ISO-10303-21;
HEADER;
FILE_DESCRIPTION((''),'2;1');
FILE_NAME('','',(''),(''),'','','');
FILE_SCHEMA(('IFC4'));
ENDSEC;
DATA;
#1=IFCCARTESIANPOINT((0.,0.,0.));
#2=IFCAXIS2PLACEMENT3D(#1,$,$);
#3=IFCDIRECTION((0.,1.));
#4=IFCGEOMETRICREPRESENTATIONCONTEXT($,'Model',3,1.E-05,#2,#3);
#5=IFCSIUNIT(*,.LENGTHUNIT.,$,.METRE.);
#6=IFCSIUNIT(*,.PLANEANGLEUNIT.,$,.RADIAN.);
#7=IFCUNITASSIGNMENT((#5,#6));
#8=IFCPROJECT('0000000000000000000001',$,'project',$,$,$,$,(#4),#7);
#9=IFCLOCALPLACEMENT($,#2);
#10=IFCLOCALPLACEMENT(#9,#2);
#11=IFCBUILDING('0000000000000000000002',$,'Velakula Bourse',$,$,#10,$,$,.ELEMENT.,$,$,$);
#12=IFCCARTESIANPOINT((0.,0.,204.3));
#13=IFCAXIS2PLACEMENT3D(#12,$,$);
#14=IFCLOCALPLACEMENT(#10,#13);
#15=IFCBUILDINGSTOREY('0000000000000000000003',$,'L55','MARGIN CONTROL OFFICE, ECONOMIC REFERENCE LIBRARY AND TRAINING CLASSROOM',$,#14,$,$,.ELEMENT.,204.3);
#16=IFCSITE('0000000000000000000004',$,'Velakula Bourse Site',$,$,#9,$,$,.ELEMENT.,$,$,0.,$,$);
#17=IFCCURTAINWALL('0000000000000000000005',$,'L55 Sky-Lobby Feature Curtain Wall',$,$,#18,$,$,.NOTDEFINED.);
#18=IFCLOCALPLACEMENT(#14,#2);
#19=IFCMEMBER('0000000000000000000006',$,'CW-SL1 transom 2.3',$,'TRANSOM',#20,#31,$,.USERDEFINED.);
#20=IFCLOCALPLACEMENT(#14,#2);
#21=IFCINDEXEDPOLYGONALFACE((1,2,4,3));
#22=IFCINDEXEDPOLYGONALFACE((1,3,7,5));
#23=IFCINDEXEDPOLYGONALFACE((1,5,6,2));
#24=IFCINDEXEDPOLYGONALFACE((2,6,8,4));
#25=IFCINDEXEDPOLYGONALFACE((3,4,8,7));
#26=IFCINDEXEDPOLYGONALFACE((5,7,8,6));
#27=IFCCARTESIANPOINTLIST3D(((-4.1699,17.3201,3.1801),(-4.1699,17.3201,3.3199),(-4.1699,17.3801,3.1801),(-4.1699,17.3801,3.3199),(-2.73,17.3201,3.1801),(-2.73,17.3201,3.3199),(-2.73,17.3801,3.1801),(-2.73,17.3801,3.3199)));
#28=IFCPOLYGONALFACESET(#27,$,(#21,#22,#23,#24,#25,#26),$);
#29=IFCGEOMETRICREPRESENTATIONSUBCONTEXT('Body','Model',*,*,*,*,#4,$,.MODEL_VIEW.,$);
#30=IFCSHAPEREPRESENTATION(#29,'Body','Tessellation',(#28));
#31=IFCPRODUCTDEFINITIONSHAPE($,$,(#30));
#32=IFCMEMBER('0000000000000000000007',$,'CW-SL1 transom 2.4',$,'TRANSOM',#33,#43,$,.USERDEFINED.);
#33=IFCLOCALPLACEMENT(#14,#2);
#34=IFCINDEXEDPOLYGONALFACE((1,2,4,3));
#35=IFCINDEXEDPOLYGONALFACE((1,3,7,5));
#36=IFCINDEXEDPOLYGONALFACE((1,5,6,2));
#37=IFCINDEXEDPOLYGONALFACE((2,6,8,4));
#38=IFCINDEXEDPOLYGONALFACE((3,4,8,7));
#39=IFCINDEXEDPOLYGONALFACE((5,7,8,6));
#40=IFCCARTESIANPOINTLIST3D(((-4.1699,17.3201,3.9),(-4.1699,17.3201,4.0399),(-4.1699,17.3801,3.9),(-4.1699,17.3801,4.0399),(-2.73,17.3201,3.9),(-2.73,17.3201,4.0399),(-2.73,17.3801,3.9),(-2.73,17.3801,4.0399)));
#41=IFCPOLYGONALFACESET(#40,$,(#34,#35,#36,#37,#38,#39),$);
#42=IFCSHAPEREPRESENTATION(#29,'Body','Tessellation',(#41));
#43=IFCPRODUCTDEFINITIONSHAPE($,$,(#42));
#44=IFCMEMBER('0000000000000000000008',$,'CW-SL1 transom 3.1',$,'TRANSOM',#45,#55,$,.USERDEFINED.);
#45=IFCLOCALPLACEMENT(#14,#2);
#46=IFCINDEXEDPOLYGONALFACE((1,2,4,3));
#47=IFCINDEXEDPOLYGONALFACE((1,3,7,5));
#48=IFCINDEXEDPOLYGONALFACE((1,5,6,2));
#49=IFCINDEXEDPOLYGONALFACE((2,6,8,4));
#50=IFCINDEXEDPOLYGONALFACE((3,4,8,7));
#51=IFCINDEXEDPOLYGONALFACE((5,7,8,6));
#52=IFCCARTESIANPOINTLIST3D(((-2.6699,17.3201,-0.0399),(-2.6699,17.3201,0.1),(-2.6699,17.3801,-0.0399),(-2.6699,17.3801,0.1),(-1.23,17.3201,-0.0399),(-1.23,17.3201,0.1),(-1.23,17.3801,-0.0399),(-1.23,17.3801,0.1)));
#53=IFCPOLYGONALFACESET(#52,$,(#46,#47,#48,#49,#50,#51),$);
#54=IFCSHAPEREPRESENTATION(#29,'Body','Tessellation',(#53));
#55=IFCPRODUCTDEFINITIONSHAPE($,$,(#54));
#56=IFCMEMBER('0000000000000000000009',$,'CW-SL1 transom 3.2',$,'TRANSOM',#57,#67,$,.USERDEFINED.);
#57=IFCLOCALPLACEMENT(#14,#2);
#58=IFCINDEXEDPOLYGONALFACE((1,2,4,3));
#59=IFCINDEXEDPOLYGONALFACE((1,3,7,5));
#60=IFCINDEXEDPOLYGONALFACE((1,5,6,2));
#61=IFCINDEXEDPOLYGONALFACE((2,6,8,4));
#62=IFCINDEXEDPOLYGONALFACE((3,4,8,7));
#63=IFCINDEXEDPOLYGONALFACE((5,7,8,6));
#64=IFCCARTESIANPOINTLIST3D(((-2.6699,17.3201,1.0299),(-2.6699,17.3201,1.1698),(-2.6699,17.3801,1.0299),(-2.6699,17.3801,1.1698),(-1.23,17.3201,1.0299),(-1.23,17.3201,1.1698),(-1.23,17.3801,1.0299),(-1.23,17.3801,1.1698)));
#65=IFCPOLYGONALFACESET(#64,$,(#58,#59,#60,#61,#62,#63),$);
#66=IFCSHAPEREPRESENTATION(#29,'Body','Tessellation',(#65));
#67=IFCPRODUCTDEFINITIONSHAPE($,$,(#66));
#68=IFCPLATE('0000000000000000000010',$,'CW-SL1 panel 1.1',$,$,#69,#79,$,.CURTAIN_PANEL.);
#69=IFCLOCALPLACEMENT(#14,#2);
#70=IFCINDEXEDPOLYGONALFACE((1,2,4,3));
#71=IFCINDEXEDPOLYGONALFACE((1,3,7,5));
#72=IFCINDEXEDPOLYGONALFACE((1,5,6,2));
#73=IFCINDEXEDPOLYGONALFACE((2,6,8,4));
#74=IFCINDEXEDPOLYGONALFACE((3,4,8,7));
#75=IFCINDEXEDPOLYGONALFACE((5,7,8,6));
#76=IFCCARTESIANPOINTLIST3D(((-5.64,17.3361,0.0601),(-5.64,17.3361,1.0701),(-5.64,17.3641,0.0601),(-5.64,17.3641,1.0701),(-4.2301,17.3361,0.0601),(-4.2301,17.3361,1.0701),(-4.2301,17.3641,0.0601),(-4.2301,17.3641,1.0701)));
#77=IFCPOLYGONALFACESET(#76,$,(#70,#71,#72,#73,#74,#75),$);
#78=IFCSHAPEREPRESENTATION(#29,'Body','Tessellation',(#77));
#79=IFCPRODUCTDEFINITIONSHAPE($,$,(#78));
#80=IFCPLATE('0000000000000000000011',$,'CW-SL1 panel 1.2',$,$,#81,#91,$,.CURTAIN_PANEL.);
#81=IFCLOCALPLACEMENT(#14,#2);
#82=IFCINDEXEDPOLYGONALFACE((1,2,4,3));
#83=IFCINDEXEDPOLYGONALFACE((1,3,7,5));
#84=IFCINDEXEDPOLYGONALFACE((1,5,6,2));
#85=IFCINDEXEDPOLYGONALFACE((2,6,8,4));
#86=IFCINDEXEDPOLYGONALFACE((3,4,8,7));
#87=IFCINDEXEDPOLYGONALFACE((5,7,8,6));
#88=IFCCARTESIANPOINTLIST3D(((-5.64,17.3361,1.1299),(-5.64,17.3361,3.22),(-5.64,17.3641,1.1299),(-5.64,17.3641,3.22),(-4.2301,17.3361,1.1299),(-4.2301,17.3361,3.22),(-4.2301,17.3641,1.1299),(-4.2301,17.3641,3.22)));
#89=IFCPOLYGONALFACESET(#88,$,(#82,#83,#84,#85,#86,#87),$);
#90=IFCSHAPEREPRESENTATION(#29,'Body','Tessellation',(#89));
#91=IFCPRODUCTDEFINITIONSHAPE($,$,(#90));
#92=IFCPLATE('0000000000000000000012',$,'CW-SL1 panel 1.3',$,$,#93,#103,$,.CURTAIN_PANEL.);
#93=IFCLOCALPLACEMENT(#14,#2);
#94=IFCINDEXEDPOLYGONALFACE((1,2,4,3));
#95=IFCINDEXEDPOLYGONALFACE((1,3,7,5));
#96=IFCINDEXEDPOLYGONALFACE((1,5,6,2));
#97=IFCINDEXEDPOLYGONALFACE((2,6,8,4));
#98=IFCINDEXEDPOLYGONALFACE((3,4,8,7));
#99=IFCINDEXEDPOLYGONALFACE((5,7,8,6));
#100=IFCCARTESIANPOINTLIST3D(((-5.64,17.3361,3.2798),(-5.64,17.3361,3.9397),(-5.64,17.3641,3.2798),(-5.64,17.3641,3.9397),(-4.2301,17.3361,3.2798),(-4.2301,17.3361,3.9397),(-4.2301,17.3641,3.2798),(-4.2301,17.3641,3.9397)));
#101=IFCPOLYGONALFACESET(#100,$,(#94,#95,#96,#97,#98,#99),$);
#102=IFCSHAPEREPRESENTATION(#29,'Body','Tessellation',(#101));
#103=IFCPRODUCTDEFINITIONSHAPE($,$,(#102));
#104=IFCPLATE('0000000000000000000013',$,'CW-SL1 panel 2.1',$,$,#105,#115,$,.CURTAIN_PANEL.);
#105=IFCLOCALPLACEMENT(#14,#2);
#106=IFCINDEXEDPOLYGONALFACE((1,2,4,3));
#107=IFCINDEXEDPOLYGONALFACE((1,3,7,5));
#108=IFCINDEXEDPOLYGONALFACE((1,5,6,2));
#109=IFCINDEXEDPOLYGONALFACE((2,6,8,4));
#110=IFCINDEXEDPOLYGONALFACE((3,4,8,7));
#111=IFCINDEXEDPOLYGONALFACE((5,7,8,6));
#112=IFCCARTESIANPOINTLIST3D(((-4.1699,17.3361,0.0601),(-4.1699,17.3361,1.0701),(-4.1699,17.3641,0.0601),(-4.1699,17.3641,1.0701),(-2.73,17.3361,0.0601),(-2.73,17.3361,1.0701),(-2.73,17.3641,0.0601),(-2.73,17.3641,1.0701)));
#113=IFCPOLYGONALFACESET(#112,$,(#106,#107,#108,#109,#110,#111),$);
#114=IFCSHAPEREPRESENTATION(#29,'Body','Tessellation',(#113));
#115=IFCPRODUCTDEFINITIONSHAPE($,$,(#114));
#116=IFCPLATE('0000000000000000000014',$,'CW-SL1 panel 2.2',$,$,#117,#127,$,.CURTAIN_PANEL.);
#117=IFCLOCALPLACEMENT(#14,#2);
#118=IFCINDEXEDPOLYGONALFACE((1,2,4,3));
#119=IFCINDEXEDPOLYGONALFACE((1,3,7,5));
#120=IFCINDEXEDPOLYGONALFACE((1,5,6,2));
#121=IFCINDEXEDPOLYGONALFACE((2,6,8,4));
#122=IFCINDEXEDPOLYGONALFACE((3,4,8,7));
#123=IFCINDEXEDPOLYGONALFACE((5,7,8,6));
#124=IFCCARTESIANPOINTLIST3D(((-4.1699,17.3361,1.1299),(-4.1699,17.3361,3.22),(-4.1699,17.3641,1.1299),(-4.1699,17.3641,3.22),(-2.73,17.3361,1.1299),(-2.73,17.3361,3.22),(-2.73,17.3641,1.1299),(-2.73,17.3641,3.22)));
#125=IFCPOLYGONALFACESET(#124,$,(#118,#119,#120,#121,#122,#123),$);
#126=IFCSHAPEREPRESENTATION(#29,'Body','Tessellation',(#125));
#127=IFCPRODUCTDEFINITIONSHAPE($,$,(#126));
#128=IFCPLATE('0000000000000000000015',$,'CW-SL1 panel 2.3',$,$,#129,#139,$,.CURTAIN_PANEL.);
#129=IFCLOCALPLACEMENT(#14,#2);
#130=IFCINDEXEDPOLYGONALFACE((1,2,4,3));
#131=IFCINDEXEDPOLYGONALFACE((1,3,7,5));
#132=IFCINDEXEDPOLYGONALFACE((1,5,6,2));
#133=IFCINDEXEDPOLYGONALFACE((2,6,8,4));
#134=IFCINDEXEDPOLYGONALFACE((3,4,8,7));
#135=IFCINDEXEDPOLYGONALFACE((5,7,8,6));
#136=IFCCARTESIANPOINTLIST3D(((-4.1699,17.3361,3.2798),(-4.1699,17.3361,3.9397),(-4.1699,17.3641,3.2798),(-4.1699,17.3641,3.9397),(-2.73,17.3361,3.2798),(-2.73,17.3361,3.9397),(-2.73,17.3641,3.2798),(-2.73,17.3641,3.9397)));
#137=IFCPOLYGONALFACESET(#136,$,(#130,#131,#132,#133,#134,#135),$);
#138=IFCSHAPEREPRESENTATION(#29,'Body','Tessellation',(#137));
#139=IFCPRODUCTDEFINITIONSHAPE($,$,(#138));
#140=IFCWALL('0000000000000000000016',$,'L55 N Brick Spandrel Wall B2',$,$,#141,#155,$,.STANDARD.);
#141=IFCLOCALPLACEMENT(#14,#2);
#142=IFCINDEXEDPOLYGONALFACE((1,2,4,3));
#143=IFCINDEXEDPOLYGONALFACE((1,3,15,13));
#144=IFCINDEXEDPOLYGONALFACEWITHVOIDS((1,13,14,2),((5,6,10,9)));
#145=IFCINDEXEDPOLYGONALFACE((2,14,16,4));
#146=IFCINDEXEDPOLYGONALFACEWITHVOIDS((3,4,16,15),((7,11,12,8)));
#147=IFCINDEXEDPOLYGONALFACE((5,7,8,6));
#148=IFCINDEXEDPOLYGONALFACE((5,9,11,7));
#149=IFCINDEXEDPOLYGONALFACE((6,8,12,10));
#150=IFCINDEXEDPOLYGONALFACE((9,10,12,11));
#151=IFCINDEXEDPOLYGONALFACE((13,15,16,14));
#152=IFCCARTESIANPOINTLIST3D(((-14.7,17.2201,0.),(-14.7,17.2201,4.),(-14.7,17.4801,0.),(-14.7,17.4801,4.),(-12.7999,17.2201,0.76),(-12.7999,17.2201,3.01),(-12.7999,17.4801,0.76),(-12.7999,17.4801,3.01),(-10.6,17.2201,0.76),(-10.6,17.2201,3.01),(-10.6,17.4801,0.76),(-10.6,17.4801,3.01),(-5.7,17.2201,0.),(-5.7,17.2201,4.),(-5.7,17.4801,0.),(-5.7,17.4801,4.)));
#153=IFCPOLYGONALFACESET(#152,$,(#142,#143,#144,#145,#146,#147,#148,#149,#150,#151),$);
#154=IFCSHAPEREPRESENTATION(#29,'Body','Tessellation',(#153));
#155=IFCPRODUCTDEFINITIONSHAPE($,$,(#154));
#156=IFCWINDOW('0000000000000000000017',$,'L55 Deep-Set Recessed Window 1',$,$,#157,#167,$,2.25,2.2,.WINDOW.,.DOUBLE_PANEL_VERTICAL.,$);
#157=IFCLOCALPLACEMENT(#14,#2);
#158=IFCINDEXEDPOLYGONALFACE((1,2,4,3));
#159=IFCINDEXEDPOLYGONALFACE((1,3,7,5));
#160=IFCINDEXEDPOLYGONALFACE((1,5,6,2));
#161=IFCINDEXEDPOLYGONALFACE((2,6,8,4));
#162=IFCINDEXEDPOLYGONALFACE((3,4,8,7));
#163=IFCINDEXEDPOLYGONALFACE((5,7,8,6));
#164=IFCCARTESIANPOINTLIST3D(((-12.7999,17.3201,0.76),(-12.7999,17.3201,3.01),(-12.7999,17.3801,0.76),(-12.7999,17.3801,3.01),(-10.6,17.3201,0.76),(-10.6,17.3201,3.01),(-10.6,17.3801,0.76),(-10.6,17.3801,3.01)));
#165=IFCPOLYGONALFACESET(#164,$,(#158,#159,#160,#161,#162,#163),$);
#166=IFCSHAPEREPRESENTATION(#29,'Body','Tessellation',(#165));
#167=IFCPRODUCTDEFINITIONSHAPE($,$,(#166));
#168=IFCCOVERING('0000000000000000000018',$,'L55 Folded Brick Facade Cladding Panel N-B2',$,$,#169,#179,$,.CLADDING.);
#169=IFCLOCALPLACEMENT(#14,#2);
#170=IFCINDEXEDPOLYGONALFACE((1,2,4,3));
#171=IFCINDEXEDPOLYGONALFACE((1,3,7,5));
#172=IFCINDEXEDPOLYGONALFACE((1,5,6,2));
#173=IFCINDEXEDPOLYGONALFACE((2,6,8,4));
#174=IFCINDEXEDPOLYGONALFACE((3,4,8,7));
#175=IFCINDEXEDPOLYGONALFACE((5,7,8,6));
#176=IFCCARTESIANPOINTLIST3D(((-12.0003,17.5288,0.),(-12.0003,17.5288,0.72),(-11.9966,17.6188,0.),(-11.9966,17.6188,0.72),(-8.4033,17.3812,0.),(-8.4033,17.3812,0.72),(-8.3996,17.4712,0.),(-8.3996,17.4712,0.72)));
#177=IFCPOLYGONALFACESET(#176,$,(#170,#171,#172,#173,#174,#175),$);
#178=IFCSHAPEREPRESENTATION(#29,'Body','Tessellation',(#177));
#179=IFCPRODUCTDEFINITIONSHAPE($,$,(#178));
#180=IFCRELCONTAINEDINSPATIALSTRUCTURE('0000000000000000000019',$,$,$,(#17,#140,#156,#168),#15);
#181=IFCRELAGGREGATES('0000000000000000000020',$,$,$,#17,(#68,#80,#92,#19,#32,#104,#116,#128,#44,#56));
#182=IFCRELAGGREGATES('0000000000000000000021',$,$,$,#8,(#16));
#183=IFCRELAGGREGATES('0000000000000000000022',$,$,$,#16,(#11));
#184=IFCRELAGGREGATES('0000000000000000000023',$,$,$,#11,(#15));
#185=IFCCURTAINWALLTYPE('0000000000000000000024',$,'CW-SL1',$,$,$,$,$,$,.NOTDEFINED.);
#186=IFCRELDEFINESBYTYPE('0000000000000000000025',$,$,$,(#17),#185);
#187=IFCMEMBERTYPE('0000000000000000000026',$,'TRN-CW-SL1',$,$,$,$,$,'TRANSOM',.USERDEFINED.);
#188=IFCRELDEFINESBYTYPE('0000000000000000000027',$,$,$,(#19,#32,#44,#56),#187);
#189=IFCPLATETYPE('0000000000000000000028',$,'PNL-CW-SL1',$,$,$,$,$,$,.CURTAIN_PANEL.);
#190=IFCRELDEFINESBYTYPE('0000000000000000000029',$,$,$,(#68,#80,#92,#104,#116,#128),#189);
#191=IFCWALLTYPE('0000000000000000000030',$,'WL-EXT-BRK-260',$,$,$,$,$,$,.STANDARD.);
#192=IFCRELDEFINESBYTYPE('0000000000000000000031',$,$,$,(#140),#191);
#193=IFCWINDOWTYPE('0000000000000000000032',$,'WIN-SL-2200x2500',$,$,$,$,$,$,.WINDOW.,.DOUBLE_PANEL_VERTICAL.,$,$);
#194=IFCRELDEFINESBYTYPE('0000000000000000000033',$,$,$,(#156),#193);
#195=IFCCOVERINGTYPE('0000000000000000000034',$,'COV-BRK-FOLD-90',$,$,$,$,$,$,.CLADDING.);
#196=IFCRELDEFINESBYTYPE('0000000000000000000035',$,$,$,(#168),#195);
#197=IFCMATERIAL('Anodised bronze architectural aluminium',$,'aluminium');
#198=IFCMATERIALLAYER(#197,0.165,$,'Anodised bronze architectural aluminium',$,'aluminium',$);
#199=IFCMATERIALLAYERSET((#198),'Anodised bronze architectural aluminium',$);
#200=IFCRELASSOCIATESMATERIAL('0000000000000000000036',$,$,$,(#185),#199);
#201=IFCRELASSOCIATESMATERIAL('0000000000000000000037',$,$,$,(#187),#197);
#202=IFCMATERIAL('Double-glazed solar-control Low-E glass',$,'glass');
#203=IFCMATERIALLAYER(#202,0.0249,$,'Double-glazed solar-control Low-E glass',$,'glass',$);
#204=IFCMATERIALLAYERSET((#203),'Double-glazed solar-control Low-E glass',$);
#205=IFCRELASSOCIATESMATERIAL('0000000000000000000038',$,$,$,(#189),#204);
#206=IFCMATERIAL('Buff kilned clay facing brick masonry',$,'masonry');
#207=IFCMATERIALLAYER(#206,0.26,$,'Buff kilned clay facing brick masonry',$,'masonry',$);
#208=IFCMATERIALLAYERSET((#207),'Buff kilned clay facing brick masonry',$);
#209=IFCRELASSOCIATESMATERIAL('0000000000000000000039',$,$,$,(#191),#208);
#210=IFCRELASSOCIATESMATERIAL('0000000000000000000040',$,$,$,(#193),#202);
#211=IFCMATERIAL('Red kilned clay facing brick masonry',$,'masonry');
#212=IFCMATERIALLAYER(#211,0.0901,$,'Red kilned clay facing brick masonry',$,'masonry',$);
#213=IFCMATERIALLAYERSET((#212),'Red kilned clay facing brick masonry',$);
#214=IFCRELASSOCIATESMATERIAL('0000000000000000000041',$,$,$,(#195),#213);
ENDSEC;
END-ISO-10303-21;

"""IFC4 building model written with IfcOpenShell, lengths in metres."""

from ifc_helpers import new_model, si_unit, direction, frame, frame_2d, origin, origin_2d, place, context, subcontext, project, spatial, rectangle, extrude, material, layer, layer_set, material_profile, profile_set, type_object, element, fill, aggregate, save


model = new_model("IFC4")

# Units and contexts
model_context = context("Model", 3, precision=1e-05, world=origin(), true_north=direction((0.0, 1.0)))
body_context = subcontext(model_context, "Body", "Model", "MODEL_VIEW")
ifc_project = project(units=[si_unit("LENGTHUNIT", "METRE"), si_unit("PLANEANGLEUNIT", "RADIAN")], contexts=[model_context])

# Site, building, storey
site_placement = place(None, origin())
site = spatial("IfcSite", under=ifc_project, at=site_placement, Name="Velakula Bourse Site", CompositionType="ELEMENT", RefElevation=0.0)
building_placement = place(site_placement, origin())
building = spatial("IfcBuilding", under=site, at=building_placement, Name="Velakula Bourse", CompositionType="ELEMENT")
storey_placement = place(building_placement, frame((0.0, 0.0, 204.3)))
storey = spatial("IfcBuildingStorey", under=building, at=storey_placement, Name="L55", Description="MARGIN CONTROL OFFICE, ECONOMIC REFERENCE LIBRARY AND TRAINING CLASSROOM", CompositionType="ELEMENT", Elevation=204.3)

# Curtain wall
ifc_material_1 = material(Name="Anodised bronze architectural aluminium", Category="aluminium")
ifc_layer_1 = layer(ifc_material_1, 0.165, Name="Anodised bronze architectural aluminium", Category="aluminium")
ifc_layer_set_1 = layer_set([ifc_layer_1], Name="Anodised bronze architectural aluminium")
curtain_wall_type = type_object("IfcCurtainWallType", Name="CW-SL1", PredefinedType="NOTDEFINED", material=ifc_layer_set_1)
curtain_wall_placement = place(storey_placement, origin())
curtain_wall = element("IfcCurtainWall", 1, at=curtain_wall_placement, inside=storey, type_object=curtain_wall_type, Name="L55 Sky-Lobby Feature Curtain Wall", PredefinedType="NOTDEFINED")

# Members
ifc_material_profile_1 = material_profile(ifc_material_1, rectangle(XDim=0.0601, YDim=0.1399, at=origin_2d()), Name="Anodised bronze architectural aluminium")
ifc_profile_set_1 = profile_set([ifc_material_profile_1], Name="Anodised bronze architectural aluminium")
member_type_1 = type_object("IfcMemberType", Name="TRN-CW-SL1", ElementType="TRANSOM", PredefinedType="USERDEFINED", material=ifc_profile_set_1)
member_1_placement = place(storey_placement, frame((-4.1699, 17.3501, 3.25), z_axis=(1.0, 0.0, 0.0), x_axis=(0.0, 1.0, 0.0)))
member_1 = element("IfcMember", 2, at=member_1_placement, type_object=member_type_1, Name="CW-SL1 transom 2.3", ObjectType="TRANSOM", PredefinedType="USERDEFINED", context=body_context, shape_type="SweptSolid", body=[
    extrude(rectangle(XDim=0.0601, YDim=0.1399, at=origin_2d()), origin(), (0.0, 0.0, 1.0), 1.4399),
])
member_2_placement = place(storey_placement, frame((-4.1699, 17.3501, 3.97), z_axis=(1.0, 0.0, 0.0), x_axis=(0.0, 1.0, 0.0)))
member_2 = element("IfcMember", 3, at=member_2_placement, type_object=member_type_1, Name="CW-SL1 transom 2.4", ObjectType="TRANSOM", PredefinedType="USERDEFINED", context=body_context, shape_type="SweptSolid", body=[
    extrude(rectangle(XDim=0.0601, YDim=0.1399, at=origin_2d()), origin(), (0.0, 0.0, 1.0), 1.4399),
])
member_3_placement = place(storey_placement, frame((-2.6699, 17.3501, 0.03), z_axis=(1.0, 0.0, 0.0), x_axis=(0.0, 1.0, 0.0)))
member_3 = element("IfcMember", 4, at=member_3_placement, type_object=member_type_1, Name="CW-SL1 transom 3.1", ObjectType="TRANSOM", PredefinedType="USERDEFINED", context=body_context, shape_type="SweptSolid", body=[
    extrude(rectangle(XDim=0.0601, YDim=0.1399, at=origin_2d()), origin(), (0.0, 0.0, 1.0), 1.4399),
])
member_4_placement = place(storey_placement, frame((-2.6699, 17.3501, 1.0999), z_axis=(1.0, 0.0, 0.0), x_axis=(0.0, 1.0, 0.0)))
member_4 = element("IfcMember", 5, at=member_4_placement, type_object=member_type_1, Name="CW-SL1 transom 3.2", ObjectType="TRANSOM", PredefinedType="USERDEFINED", context=body_context, shape_type="SweptSolid", body=[
    extrude(rectangle(XDim=0.0601, YDim=0.1399, at=origin_2d()), origin(), (0.0, 0.0, 1.0), 1.4399),
])

# Plates
ifc_material_2 = material(Name="Double-glazed solar-control Low-E glass", Category="glass")
ifc_layer_2 = layer(ifc_material_2, 0.0249, Name="Double-glazed solar-control Low-E glass", Category="glass")
ifc_layer_set_2 = layer_set([ifc_layer_2], Name="Double-glazed solar-control Low-E glass")
plate_type = type_object("IfcPlateType", Name="PNL-CW-SL1", PredefinedType="CURTAIN_PANEL", material=ifc_layer_set_2)
plate_1_placement = place(storey_placement, frame((-4.9351, 17.3501, 0.0601), z_axis=(0.0, 0.0, 1.0), x_axis=(1.0, 0.0, 0.0)))
plate_1 = element("IfcPlate", 6, at=plate_1_placement, type_object=plate_type, Name="CW-SL1 panel 1.1", PredefinedType="CURTAIN_PANEL", context=body_context, shape_type="SweptSolid", body=[
    extrude(rectangle(XDim=1.4099, YDim=0.0281, at=origin_2d()), origin(), (0.0, 0.0, 1.0), 1.01),
])
plate_2_placement = place(storey_placement, frame((-4.9351, 17.3501, 1.1299), z_axis=(0.0, 0.0, 1.0), x_axis=(1.0, 0.0, 0.0)))
plate_2 = element("IfcPlate", 7, at=plate_2_placement, type_object=plate_type, Name="CW-SL1 panel 1.2", PredefinedType="CURTAIN_PANEL", context=body_context, shape_type="SweptSolid", body=[
    extrude(rectangle(XDim=1.4099, YDim=0.0281, at=origin_2d()), origin(), (0.0, 0.0, 1.0), 2.0901),
])
plate_3_placement = place(storey_placement, frame((-4.9351, 17.3501, 3.2798), z_axis=(0.0, 0.0, 1.0), x_axis=(1.0, 0.0, 0.0)))
plate_3 = element("IfcPlate", 8, at=plate_3_placement, type_object=plate_type, Name="CW-SL1 panel 1.3", PredefinedType="CURTAIN_PANEL", context=body_context, shape_type="SweptSolid", body=[
    extrude(rectangle(XDim=1.4099, YDim=0.0281, at=origin_2d()), origin(), (0.0, 0.0, 1.0), 0.6599),
])
plate_4_placement = place(storey_placement, frame((-3.45, 17.3501, 0.0601), z_axis=(0.0, 0.0, 1.0), x_axis=(1.0, 0.0, 0.0)))
plate_4 = element("IfcPlate", 9, at=plate_4_placement, type_object=plate_type, Name="CW-SL1 panel 2.1", PredefinedType="CURTAIN_PANEL", context=body_context, shape_type="SweptSolid", body=[
    extrude(rectangle(XDim=1.4399, YDim=0.0281, at=origin_2d()), origin(), (0.0, 0.0, 1.0), 1.01),
])
plate_5_placement = place(storey_placement, frame((-3.45, 17.3501, 1.1299), z_axis=(0.0, 0.0, 1.0), x_axis=(1.0, 0.0, 0.0)))
plate_5 = element("IfcPlate", 10, at=plate_5_placement, type_object=plate_type, Name="CW-SL1 panel 2.2", PredefinedType="CURTAIN_PANEL", context=body_context, shape_type="SweptSolid", body=[
    extrude(rectangle(XDim=1.4399, YDim=0.0281, at=origin_2d()), origin(), (0.0, 0.0, 1.0), 2.0901),
])
plate_6_placement = place(storey_placement, frame((-3.45, 17.3501, 3.2798), z_axis=(0.0, 0.0, 1.0), x_axis=(1.0, 0.0, 0.0)))
plate_6 = element("IfcPlate", 11, at=plate_6_placement, type_object=plate_type, Name="CW-SL1 panel 2.3", PredefinedType="CURTAIN_PANEL", context=body_context, shape_type="SweptSolid", body=[
    extrude(rectangle(XDim=1.4399, YDim=0.0281, at=origin_2d()), origin(), (0.0, 0.0, 1.0), 0.6599),
])
aggregate(curtain_wall, [plate_1, plate_2, plate_3, member_1, member_2, plate_4, plate_5, plate_6, member_3, member_4])

# Wall, opening, window
ifc_material_3 = material(Name="Buff kilned clay facing brick masonry", Category="masonry")
ifc_layer_3 = layer(ifc_material_3, 0.26, Name="Buff kilned clay facing brick masonry", Category="masonry")
ifc_layer_set_3 = layer_set([ifc_layer_3], Name="Buff kilned clay facing brick masonry")
wall_type = type_object("IfcWallType", Name="WL-EXT-BRK-260", PredefinedType="STANDARD", material=ifc_layer_set_3)
wall_placement = place(storey_placement, frame((-14.7, 17.3501, 0.0), z_axis=(0.0, 0.0, 1.0), x_axis=(1.0, 0.0, 0.0)))
wall = element("IfcWall", 12, at=wall_placement, inside=storey, type_object=wall_type, Name="L55 N Brick Spandrel Wall B2", PredefinedType="STANDARD", context=body_context, shape_type="SweptSolid", body=[
    extrude(rectangle(XDim=9.0, YDim=0.26, at=frame_2d((4.5, 0.0))), origin(), (0.0, 0.0, 1.0), 4.0),
])
opening_placement = place(wall_placement, frame((1.8999, 0.0, 0.76)))
opening = element("IfcOpeningElement", 13, at=opening_placement, cuts=wall, PredefinedType="OPENING", context=body_context, shape_type="SweptSolid", body=[
    extrude(rectangle(XDim=2.2, YDim=2.25, at=frame_2d((1.1001, 1.125))), frame((0.0, 0.1399, 0.0), z_axis=(0.0, -1.0, 0.0), x_axis=(1.0, 0.0, 0.0)), (0.0, 0.0, 1.0), 0.28),
])
window_type = type_object("IfcWindowType", Name="WIN-SL-2200x2500", PartitioningType="DOUBLE_PANEL_VERTICAL", PredefinedType="WINDOW", material=ifc_material_2)
window_placement = place(opening_placement, origin())
window = element("IfcWindow", 14, at=window_placement, inside=storey, type_object=window_type, Name="L55 Deep-Set Recessed Window 1", OverallHeight=2.25, OverallWidth=2.2, PartitioningType="DOUBLE_PANEL_VERTICAL", PredefinedType="WINDOW", context=body_context, shape_type="SweptSolid", body=[
    extrude(rectangle(XDim=2.2, YDim=2.25, at=frame_2d((1.1001, 1.125))), frame((0.0, 0.03, 0.0), z_axis=(0.0, -1.0, 0.0), x_axis=(1.0, 0.0, 0.0)), (0.0, 0.0, 1.0), 0.0601),
])
fill(opening, window)

# Covering
ifc_material_4 = material(Name="Red kilned clay facing brick masonry", Category="masonry")
ifc_layer_4 = layer(ifc_material_4, 0.0901, Name="Red kilned clay facing brick masonry", Category="masonry")
ifc_layer_set_4 = layer_set([ifc_layer_4], Name="Red kilned clay facing brick masonry")
covering_type = type_object("IfcCoveringType", Name="COV-BRK-FOLD-90", PredefinedType="CLADDING", material=ifc_layer_set_4)
covering_placement = place(storey_placement, frame((-10.2, 17.5, 0.0), z_axis=(0.0, 0.0, 1.0), x_axis=(0.999159, -0.041004, 0.0)))
element("IfcCovering", 15, at=covering_placement, inside=storey, type_object=covering_type, Name="L55 Folded Brick Facade Cladding Panel N-B2", PredefinedType="CLADDING", context=body_context, shape_type="SweptSolid", body=[
    extrude(rectangle(XDim=3.6001, YDim=0.0901, at=origin_2d()), origin(), (0.0, 0.0, 1.0), 0.72),
])

save(model, "model.ifc")
